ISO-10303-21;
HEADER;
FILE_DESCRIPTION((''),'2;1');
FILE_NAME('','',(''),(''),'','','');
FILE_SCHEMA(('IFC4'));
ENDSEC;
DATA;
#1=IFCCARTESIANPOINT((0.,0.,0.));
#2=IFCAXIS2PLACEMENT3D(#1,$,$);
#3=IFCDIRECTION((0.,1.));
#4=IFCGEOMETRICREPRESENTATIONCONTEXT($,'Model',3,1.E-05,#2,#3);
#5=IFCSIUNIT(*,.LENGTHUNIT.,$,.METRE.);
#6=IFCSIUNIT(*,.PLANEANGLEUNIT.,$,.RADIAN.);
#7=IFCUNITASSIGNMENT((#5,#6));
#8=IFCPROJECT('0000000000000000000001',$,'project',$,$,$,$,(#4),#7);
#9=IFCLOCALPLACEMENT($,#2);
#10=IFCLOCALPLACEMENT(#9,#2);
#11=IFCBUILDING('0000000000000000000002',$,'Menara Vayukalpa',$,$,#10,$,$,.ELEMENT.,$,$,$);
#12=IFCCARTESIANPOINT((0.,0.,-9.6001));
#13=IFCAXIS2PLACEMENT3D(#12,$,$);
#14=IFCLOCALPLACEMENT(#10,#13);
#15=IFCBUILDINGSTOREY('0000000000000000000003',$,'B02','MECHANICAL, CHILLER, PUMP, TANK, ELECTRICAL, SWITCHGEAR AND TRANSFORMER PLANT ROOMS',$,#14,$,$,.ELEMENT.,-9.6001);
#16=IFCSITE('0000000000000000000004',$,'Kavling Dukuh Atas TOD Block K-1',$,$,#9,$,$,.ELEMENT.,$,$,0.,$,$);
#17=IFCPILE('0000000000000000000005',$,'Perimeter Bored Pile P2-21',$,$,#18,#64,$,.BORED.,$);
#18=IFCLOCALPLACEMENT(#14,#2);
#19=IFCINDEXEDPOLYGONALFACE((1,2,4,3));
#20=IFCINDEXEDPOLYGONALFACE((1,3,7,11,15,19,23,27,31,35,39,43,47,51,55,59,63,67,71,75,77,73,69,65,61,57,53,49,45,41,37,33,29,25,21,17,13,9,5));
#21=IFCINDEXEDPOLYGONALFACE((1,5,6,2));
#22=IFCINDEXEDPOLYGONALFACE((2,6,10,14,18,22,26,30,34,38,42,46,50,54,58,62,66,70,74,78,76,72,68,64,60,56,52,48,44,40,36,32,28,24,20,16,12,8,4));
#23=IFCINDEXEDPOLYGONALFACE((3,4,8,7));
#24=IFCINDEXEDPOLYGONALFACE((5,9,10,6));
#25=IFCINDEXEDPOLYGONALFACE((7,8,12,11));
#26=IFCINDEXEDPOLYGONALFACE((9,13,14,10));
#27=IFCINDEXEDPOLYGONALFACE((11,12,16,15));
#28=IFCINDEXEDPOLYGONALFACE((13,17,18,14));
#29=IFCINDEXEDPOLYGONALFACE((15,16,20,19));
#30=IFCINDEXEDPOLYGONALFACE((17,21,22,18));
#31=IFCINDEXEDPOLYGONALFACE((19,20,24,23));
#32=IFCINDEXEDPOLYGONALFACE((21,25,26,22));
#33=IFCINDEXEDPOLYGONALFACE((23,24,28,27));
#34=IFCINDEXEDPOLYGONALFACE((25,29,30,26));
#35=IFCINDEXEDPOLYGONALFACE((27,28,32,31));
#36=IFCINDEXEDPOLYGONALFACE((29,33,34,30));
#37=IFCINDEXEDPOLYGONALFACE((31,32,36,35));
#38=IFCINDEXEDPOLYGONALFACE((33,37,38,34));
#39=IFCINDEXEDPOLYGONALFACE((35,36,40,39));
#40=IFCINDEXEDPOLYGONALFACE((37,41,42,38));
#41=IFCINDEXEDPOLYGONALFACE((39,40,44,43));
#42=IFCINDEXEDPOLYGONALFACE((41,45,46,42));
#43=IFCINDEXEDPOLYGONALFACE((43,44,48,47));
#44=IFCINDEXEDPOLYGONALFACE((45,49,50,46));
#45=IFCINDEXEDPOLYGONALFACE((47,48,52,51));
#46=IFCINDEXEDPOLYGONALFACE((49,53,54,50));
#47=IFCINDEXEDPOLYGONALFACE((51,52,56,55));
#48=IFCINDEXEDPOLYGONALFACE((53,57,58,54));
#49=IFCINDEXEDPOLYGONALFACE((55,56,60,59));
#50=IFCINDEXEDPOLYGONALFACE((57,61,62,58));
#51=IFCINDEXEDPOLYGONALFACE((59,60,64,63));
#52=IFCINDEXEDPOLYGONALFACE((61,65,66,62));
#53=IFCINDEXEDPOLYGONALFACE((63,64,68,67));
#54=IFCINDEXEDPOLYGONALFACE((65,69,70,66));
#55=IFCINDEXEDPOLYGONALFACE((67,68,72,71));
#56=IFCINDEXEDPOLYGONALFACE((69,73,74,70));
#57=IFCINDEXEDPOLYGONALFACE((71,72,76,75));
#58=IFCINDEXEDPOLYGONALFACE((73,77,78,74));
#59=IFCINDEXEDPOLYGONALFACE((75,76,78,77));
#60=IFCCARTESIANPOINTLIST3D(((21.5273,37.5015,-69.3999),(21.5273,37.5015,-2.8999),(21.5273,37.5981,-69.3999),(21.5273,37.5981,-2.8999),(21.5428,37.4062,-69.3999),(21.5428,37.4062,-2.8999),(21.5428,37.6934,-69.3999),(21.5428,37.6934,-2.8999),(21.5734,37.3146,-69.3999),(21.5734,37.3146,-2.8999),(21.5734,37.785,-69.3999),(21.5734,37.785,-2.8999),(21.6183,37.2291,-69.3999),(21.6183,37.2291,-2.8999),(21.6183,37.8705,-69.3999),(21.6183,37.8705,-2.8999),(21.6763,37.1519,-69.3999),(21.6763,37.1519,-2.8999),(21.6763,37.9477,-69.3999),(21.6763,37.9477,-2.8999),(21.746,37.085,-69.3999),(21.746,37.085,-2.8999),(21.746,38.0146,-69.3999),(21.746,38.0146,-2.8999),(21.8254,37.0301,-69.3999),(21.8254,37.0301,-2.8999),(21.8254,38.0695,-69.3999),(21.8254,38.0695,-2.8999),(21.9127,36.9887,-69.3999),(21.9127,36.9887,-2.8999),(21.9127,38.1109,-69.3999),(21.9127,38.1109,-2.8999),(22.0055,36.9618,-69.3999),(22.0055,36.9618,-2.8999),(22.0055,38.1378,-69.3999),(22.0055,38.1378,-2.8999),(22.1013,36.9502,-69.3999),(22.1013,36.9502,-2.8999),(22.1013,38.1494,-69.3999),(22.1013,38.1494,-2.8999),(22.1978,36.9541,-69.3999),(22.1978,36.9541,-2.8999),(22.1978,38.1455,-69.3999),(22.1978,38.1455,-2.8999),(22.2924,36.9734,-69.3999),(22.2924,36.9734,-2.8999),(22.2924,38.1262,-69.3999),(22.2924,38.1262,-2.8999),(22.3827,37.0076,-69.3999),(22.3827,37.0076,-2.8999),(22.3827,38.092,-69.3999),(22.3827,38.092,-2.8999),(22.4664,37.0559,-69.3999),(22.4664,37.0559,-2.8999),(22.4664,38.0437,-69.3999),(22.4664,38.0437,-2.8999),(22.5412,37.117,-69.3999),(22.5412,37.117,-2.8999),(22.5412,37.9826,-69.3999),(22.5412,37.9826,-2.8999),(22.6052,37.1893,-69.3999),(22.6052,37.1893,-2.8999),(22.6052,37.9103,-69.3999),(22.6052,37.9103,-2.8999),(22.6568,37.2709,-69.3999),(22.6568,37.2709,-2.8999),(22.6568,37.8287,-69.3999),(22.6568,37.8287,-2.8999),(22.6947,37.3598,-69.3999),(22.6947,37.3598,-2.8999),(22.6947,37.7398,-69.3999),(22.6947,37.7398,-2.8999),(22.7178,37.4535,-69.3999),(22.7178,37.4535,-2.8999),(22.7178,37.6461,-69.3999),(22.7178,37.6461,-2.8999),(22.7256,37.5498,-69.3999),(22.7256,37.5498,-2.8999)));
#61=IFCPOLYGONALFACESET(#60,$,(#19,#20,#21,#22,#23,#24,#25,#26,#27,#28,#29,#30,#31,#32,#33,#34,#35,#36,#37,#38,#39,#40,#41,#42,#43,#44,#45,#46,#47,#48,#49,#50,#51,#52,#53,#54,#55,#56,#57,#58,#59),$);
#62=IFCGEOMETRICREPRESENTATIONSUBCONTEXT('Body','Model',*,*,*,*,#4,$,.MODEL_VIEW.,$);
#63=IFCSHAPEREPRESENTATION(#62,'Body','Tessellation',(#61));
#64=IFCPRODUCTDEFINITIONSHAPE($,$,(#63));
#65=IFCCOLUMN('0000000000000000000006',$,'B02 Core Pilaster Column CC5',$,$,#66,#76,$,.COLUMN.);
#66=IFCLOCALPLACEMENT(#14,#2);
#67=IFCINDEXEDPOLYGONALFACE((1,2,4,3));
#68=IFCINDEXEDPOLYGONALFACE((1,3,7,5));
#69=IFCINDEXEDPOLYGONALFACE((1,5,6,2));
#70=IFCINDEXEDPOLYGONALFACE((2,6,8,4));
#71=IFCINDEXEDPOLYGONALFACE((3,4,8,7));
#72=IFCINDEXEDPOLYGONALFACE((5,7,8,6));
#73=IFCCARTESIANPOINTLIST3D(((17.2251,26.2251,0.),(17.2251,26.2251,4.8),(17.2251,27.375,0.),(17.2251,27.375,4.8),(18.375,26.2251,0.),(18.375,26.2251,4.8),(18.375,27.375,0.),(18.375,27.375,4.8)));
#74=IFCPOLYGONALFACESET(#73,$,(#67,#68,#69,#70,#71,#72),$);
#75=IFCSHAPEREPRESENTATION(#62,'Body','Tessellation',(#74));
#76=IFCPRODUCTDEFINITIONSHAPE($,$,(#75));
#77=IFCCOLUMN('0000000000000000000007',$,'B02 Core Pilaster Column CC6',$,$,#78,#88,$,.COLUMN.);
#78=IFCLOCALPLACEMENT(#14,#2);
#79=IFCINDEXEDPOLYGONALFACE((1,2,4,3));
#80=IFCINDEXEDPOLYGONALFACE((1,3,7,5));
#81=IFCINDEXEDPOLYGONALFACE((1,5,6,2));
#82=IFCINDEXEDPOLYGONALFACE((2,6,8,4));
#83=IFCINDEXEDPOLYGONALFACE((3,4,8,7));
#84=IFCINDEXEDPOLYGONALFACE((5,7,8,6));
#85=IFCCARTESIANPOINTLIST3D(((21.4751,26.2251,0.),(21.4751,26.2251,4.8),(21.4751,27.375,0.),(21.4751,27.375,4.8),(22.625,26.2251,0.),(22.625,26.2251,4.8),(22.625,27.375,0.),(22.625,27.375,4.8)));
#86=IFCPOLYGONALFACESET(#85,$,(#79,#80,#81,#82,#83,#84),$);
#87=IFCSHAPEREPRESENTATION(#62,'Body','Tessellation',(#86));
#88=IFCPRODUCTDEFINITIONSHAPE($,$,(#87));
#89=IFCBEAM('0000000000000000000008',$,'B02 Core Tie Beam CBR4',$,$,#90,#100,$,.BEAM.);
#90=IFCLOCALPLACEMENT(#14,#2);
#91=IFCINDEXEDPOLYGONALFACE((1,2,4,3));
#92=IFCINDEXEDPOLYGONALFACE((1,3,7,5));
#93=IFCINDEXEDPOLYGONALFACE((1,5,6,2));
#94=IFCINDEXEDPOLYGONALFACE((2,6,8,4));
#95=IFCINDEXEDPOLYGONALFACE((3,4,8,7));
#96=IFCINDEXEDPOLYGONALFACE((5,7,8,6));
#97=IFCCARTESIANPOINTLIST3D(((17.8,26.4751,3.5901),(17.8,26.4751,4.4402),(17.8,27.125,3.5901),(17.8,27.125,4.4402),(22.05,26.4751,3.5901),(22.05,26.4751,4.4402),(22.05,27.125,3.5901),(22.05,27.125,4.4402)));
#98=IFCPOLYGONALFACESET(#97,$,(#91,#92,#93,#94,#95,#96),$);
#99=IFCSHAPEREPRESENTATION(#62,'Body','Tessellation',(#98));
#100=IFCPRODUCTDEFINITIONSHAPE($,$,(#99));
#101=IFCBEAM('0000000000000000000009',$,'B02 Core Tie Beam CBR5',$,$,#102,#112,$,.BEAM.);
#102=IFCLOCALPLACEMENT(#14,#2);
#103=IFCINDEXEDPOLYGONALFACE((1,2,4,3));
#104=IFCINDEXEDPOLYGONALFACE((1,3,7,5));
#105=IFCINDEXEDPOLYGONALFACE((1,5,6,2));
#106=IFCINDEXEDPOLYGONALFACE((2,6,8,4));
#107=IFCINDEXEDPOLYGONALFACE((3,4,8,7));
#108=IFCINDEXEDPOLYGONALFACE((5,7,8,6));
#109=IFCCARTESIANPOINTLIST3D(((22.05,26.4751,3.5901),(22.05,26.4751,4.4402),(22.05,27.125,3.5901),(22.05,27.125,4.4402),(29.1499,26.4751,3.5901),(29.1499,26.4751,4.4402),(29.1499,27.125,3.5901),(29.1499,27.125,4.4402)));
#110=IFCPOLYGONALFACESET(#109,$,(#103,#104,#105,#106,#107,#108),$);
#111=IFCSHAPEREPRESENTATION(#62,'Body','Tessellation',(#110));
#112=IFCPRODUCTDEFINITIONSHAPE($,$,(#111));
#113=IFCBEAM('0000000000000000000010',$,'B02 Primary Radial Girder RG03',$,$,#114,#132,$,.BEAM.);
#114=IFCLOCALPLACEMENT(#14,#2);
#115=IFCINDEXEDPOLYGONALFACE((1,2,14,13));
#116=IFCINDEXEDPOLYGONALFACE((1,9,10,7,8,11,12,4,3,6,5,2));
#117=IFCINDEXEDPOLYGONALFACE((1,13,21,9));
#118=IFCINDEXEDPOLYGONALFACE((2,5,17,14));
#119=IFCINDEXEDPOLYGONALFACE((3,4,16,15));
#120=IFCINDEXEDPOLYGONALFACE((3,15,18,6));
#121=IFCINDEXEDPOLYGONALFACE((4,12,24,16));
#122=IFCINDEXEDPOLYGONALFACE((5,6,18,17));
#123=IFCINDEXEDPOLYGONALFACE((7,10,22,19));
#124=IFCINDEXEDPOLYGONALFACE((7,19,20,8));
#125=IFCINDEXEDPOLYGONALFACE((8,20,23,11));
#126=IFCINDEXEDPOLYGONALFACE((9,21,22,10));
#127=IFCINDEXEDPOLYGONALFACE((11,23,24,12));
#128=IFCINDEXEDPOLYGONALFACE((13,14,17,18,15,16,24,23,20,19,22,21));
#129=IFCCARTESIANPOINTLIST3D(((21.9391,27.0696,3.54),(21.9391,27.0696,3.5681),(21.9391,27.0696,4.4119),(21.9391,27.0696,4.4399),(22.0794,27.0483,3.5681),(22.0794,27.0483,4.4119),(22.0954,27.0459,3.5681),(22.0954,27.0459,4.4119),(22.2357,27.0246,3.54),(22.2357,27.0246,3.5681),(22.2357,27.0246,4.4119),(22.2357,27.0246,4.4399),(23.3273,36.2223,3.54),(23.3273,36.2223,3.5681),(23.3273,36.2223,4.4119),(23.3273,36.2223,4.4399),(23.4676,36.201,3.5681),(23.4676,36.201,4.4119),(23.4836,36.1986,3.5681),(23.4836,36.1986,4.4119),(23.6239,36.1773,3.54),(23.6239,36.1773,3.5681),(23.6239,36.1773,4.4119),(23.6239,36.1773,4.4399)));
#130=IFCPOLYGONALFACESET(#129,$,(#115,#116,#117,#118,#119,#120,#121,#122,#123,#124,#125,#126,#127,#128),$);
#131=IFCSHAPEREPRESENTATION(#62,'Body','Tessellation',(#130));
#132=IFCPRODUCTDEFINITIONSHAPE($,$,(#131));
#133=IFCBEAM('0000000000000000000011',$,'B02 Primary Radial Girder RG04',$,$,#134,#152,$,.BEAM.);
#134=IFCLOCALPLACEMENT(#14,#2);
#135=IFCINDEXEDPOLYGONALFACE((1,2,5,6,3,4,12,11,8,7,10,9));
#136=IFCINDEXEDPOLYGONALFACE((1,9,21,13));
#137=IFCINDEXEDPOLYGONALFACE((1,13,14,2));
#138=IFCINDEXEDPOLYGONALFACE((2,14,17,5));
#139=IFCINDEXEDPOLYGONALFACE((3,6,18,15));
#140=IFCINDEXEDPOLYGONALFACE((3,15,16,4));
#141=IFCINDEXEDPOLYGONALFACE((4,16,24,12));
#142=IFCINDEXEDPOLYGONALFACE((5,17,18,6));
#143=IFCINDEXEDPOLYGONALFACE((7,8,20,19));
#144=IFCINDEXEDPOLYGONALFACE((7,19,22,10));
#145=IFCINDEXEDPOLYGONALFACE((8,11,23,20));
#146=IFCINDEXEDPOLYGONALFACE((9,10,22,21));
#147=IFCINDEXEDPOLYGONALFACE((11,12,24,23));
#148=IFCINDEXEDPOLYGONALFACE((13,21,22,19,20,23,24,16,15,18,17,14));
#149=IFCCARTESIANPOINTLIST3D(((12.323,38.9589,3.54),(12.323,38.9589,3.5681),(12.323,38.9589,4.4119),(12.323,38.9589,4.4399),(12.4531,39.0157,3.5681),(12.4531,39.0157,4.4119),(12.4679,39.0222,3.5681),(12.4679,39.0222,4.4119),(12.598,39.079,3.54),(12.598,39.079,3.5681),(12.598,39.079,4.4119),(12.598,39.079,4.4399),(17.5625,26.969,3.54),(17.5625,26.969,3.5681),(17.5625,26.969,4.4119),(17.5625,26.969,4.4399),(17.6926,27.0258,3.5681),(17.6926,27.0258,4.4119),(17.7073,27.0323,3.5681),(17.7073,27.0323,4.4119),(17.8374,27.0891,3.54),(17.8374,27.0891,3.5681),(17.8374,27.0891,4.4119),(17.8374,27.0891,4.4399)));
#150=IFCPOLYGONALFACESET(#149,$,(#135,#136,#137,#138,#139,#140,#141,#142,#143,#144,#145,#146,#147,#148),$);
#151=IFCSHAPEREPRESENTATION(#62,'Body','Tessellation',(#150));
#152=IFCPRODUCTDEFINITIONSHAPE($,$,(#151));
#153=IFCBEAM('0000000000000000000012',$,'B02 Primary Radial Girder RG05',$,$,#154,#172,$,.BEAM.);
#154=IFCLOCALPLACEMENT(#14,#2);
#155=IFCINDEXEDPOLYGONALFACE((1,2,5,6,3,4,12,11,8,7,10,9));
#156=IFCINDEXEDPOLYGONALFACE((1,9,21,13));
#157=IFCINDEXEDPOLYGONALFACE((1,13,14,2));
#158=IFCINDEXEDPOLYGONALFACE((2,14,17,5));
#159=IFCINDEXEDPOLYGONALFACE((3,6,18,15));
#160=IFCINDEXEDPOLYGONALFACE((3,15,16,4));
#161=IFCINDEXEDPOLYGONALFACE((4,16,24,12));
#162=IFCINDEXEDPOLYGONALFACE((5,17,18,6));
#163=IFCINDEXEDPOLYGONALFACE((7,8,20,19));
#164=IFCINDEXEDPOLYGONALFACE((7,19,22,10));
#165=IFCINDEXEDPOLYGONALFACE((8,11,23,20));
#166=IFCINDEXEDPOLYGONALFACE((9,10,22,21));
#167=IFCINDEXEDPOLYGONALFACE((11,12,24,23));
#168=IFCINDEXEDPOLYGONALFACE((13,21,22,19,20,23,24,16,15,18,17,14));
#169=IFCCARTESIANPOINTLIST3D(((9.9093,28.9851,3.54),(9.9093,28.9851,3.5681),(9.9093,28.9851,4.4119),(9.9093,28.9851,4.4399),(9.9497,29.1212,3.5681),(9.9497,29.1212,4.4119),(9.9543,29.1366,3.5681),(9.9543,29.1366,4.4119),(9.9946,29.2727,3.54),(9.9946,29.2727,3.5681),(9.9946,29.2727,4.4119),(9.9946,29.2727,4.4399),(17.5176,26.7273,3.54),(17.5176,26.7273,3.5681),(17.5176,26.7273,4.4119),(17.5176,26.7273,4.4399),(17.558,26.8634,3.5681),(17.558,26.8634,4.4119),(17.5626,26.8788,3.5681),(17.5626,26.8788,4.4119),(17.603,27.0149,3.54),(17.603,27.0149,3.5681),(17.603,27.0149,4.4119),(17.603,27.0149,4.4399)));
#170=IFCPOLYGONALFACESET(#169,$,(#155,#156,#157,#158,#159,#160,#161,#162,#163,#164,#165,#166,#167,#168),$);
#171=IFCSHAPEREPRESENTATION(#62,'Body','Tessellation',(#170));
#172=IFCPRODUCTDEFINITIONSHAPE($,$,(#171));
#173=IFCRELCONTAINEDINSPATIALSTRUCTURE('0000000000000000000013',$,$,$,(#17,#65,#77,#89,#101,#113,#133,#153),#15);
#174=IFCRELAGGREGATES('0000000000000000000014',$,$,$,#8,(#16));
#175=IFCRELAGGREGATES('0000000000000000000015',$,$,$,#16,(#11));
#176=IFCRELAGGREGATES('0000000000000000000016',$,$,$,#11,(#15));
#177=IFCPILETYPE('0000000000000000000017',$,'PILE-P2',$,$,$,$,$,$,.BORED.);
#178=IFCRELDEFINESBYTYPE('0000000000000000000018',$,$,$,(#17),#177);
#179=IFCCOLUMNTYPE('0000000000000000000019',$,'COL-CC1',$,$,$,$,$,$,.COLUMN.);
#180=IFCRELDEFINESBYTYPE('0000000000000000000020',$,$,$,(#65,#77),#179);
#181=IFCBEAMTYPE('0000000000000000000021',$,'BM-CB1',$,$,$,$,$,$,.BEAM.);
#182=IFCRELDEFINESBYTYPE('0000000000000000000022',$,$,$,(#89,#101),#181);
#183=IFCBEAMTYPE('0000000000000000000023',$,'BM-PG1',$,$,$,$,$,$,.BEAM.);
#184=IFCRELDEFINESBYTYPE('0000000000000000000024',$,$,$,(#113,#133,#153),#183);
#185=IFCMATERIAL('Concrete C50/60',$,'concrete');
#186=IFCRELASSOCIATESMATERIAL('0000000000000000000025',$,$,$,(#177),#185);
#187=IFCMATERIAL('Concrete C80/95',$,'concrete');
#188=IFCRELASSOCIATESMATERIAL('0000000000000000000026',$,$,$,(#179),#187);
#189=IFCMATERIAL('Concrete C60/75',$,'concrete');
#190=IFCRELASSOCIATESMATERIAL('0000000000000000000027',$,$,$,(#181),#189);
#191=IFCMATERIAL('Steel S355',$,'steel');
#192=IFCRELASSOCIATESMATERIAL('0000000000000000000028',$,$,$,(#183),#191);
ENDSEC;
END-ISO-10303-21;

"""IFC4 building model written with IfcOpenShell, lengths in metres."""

from ifc_helpers import new_model, si_unit, direction, frame, origin, origin_2d, place, context, subcontext, project, spatial, rectangle, circle, i_section, extrude, material, material_profile, profile_set, type_object, element, save


model = new_model("IFC4")

# Units and contexts
model_context = context("Model", 3, precision=1e-05, world=origin(), true_north=direction((0.0, 1.0)))
body_context = subcontext(model_context, "Body", "Model", "MODEL_VIEW")
ifc_project = project(units=[si_unit("LENGTHUNIT", "METRE"), si_unit("PLANEANGLEUNIT", "RADIAN")], contexts=[model_context])

# Site, building, storey
site_placement = place(None, origin())
site = spatial("IfcSite", under=ifc_project, at=site_placement, Name="Kavling Dukuh Atas TOD Block K-1", CompositionType="ELEMENT", RefElevation=0.0)
building_placement = place(site_placement, origin())
building = spatial("IfcBuilding", under=site, at=building_placement, Name="Menara Vayukalpa", CompositionType="ELEMENT")
storey_placement = place(building_placement, frame((0.0, 0.0, -9.6001)))
storey = spatial("IfcBuildingStorey", under=building, at=storey_placement, Name="B02", Description="MECHANICAL, CHILLER, PUMP, TANK, ELECTRICAL, SWITCHGEAR AND TRANSFORMER PLANT ROOMS", CompositionType="ELEMENT", Elevation=-9.6001)

# Pile
ifc_material_1 = material(Name="Concrete C50/60", Category="concrete")
ifc_material_profile_1 = material_profile(ifc_material_1, circle(Radius=0.6001, at=origin_2d()), Name="PILE D1200")
ifc_profile_set_1 = profile_set([ifc_material_profile_1], Name="Concrete C50/60")
pile_type_1 = type_object("IfcPileType", Name="PILE-P2", PredefinedType="BORED", material=ifc_profile_set_1)
for number, where, z_axis, x_axis, name in (
    (1, (22.1255, 37.5498, -2.8999), (0.0, 0.0, -1.0), (1.0, 0.0, 0.0), "Perimeter Bored Pile P2-21"),
):
    element("IfcPile", number, at=place(storey_placement, frame(where, z_axis=z_axis, x_axis=x_axis)), inside=storey, type_object=pile_type_1, Name=name, PredefinedType="BORED", context=body_context, shape_type="SweptSolid", body=[
        extrude(circle(Radius=0.6001, at=origin_2d()), origin(), (0.0, 0.0, 1.0), 66.5),
    ])

# Columns
ifc_material_2 = material(Name="Concrete C80/95", Category="concrete")
ifc_material_profile_2 = material_profile(ifc_material_2, rectangle(XDim=1.1499, YDim=1.1499, at=origin_2d()), Name="RC 1150x1150")
ifc_profile_set_2 = profile_set([ifc_material_profile_2], Name="Concrete C80/95")
column_type = type_object("IfcColumnType", Name="COL-CC1", PredefinedType="COLUMN", material=ifc_profile_set_2)
for number, where, z_axis, x_axis, name in (
    (2, (17.8, 26.8, 0.0), (0.0, 0.0, 1.0), (1.0, 0.0, 0.0), "B02 Core Pilaster Column CC5"),
    (3, (22.05, 26.8, 0.0), (0.0, 0.0, 1.0), (1.0, 0.0, 0.0), "B02 Core Pilaster Column CC6"),
):
    element("IfcColumn", number, at=place(storey_placement, frame(where, z_axis=z_axis, x_axis=x_axis)), inside=storey, type_object=column_type, Name=name, PredefinedType="COLUMN", context=body_context, shape_type="SweptSolid", body=[
        extrude(rectangle(XDim=1.1499, YDim=1.1499, at=origin_2d()), origin(), (0.0, 0.0, 1.0), 4.8),
    ])

# Beams
ifc_material_3 = material(Name="Concrete C60/75", Category="concrete")
ifc_material_profile_3 = material_profile(ifc_material_3, rectangle(XDim=0.6499, YDim=0.8501, at=origin_2d()), Name="RC 650x850")
ifc_profile_set_3 = profile_set([ifc_material_profile_3], Name="Concrete C60/75")
beam_type_1 = type_object("IfcBeamType", Name="BM-CB1", PredefinedType="BEAM", material=ifc_profile_set_3)
beam_1_placement = place(storey_placement, frame((17.8, 26.8, 4.0151), z_axis=(1.0, 0.0, 0.0), x_axis=(0.0, 1.0, 0.0)))
element("IfcBeam", 4, at=beam_1_placement, inside=storey, type_object=beam_type_1, Name="B02 Core Tie Beam CBR4", PredefinedType="BEAM", context=body_context, shape_type="SweptSolid", body=[
    extrude(rectangle(XDim=0.6499, YDim=0.8501, at=origin_2d()), origin(), (0.0, 0.0, 1.0), 4.25),
])
beam_2_placement = place(storey_placement, frame((22.05, 26.8, 4.0151), z_axis=(1.0, 0.0, 0.0), x_axis=(0.0, 1.0, 0.0)))
element("IfcBeam", 5, at=beam_2_placement, inside=storey, type_object=beam_type_1, Name="B02 Core Tie Beam CBR5", PredefinedType="BEAM", context=body_context, shape_type="SweptSolid", body=[
    extrude(rectangle(XDim=0.6499, YDim=0.8501, at=origin_2d()), origin(), (0.0, 0.0, 1.0), 7.0999),
])
ifc_material_4 = material(Name="Steel S355", Category="steel")
ifc_material_profile_4 = material_profile(ifc_material_4, i_section(OverallWidth=0.3, OverallDepth=0.8999, WebThickness=0.0161, FlangeThickness=0.0281, at=origin_2d()), Name="WF 900x300x16x28")
ifc_profile_set_4 = profile_set([ifc_material_profile_4], Name="Steel S355")
beam_type_2 = type_object("IfcBeamType", Name="BM-PG1", PredefinedType="BEAM", material=ifc_profile_set_4)
beam_3_placement = place(storey_placement, frame((22.0874, 27.0471, 3.99), z_axis=(0.149956, 0.988693, 0.0), x_axis=(-0.988693, 0.149956, 0.0)))
element("IfcBeam", 6, at=beam_3_placement, inside=storey, type_object=beam_type_2, Name="B02 Primary Radial Girder RG03", PredefinedType="BEAM", context=body_context, shape_type="SweptSolid", body=[
    extrude(i_section(OverallWidth=0.3, OverallDepth=0.8999, WebThickness=0.0161, FlangeThickness=0.0281, at=origin_2d()), origin(), (0.0, 0.0, 1.0), 9.2573),
])
beam_4_placement = place(storey_placement, frame((17.7, 27.0291, 3.99), z_axis=(-0.400426, 0.916329, 0.0), x_axis=(-0.916329, -0.400426, 0.0)))
element("IfcBeam", 7, at=beam_4_placement, inside=storey, type_object=beam_type_2, Name="B02 Primary Radial Girder RG04", PredefinedType="BEAM", context=body_context, shape_type="SweptSolid", body=[
    extrude(i_section(OverallWidth=0.3, OverallDepth=0.8999, WebThickness=0.0161, FlangeThickness=0.0281, at=origin_2d()), origin(), (0.0, 0.0, 1.0), 13.0847),
])
beam_5_placement = place(storey_placement, frame((17.5603, 26.8711, 3.99), z_axis=(-0.958679, 0.284491, 0.0), x_axis=(-0.284491, -0.958679, 0.0)))
element("IfcBeam", 8, at=beam_5_placement, inside=storey, type_object=beam_type_2, Name="B02 Primary Radial Girder RG05", PredefinedType="BEAM", context=body_context, shape_type="SweptSolid", body=[
    extrude(i_section(OverallWidth=0.3, OverallDepth=0.8999, WebThickness=0.0161, FlangeThickness=0.0281, at=origin_2d()), origin(), (0.0, 0.0, 1.0), 7.9363),
])

save(model, "model.ifc")
